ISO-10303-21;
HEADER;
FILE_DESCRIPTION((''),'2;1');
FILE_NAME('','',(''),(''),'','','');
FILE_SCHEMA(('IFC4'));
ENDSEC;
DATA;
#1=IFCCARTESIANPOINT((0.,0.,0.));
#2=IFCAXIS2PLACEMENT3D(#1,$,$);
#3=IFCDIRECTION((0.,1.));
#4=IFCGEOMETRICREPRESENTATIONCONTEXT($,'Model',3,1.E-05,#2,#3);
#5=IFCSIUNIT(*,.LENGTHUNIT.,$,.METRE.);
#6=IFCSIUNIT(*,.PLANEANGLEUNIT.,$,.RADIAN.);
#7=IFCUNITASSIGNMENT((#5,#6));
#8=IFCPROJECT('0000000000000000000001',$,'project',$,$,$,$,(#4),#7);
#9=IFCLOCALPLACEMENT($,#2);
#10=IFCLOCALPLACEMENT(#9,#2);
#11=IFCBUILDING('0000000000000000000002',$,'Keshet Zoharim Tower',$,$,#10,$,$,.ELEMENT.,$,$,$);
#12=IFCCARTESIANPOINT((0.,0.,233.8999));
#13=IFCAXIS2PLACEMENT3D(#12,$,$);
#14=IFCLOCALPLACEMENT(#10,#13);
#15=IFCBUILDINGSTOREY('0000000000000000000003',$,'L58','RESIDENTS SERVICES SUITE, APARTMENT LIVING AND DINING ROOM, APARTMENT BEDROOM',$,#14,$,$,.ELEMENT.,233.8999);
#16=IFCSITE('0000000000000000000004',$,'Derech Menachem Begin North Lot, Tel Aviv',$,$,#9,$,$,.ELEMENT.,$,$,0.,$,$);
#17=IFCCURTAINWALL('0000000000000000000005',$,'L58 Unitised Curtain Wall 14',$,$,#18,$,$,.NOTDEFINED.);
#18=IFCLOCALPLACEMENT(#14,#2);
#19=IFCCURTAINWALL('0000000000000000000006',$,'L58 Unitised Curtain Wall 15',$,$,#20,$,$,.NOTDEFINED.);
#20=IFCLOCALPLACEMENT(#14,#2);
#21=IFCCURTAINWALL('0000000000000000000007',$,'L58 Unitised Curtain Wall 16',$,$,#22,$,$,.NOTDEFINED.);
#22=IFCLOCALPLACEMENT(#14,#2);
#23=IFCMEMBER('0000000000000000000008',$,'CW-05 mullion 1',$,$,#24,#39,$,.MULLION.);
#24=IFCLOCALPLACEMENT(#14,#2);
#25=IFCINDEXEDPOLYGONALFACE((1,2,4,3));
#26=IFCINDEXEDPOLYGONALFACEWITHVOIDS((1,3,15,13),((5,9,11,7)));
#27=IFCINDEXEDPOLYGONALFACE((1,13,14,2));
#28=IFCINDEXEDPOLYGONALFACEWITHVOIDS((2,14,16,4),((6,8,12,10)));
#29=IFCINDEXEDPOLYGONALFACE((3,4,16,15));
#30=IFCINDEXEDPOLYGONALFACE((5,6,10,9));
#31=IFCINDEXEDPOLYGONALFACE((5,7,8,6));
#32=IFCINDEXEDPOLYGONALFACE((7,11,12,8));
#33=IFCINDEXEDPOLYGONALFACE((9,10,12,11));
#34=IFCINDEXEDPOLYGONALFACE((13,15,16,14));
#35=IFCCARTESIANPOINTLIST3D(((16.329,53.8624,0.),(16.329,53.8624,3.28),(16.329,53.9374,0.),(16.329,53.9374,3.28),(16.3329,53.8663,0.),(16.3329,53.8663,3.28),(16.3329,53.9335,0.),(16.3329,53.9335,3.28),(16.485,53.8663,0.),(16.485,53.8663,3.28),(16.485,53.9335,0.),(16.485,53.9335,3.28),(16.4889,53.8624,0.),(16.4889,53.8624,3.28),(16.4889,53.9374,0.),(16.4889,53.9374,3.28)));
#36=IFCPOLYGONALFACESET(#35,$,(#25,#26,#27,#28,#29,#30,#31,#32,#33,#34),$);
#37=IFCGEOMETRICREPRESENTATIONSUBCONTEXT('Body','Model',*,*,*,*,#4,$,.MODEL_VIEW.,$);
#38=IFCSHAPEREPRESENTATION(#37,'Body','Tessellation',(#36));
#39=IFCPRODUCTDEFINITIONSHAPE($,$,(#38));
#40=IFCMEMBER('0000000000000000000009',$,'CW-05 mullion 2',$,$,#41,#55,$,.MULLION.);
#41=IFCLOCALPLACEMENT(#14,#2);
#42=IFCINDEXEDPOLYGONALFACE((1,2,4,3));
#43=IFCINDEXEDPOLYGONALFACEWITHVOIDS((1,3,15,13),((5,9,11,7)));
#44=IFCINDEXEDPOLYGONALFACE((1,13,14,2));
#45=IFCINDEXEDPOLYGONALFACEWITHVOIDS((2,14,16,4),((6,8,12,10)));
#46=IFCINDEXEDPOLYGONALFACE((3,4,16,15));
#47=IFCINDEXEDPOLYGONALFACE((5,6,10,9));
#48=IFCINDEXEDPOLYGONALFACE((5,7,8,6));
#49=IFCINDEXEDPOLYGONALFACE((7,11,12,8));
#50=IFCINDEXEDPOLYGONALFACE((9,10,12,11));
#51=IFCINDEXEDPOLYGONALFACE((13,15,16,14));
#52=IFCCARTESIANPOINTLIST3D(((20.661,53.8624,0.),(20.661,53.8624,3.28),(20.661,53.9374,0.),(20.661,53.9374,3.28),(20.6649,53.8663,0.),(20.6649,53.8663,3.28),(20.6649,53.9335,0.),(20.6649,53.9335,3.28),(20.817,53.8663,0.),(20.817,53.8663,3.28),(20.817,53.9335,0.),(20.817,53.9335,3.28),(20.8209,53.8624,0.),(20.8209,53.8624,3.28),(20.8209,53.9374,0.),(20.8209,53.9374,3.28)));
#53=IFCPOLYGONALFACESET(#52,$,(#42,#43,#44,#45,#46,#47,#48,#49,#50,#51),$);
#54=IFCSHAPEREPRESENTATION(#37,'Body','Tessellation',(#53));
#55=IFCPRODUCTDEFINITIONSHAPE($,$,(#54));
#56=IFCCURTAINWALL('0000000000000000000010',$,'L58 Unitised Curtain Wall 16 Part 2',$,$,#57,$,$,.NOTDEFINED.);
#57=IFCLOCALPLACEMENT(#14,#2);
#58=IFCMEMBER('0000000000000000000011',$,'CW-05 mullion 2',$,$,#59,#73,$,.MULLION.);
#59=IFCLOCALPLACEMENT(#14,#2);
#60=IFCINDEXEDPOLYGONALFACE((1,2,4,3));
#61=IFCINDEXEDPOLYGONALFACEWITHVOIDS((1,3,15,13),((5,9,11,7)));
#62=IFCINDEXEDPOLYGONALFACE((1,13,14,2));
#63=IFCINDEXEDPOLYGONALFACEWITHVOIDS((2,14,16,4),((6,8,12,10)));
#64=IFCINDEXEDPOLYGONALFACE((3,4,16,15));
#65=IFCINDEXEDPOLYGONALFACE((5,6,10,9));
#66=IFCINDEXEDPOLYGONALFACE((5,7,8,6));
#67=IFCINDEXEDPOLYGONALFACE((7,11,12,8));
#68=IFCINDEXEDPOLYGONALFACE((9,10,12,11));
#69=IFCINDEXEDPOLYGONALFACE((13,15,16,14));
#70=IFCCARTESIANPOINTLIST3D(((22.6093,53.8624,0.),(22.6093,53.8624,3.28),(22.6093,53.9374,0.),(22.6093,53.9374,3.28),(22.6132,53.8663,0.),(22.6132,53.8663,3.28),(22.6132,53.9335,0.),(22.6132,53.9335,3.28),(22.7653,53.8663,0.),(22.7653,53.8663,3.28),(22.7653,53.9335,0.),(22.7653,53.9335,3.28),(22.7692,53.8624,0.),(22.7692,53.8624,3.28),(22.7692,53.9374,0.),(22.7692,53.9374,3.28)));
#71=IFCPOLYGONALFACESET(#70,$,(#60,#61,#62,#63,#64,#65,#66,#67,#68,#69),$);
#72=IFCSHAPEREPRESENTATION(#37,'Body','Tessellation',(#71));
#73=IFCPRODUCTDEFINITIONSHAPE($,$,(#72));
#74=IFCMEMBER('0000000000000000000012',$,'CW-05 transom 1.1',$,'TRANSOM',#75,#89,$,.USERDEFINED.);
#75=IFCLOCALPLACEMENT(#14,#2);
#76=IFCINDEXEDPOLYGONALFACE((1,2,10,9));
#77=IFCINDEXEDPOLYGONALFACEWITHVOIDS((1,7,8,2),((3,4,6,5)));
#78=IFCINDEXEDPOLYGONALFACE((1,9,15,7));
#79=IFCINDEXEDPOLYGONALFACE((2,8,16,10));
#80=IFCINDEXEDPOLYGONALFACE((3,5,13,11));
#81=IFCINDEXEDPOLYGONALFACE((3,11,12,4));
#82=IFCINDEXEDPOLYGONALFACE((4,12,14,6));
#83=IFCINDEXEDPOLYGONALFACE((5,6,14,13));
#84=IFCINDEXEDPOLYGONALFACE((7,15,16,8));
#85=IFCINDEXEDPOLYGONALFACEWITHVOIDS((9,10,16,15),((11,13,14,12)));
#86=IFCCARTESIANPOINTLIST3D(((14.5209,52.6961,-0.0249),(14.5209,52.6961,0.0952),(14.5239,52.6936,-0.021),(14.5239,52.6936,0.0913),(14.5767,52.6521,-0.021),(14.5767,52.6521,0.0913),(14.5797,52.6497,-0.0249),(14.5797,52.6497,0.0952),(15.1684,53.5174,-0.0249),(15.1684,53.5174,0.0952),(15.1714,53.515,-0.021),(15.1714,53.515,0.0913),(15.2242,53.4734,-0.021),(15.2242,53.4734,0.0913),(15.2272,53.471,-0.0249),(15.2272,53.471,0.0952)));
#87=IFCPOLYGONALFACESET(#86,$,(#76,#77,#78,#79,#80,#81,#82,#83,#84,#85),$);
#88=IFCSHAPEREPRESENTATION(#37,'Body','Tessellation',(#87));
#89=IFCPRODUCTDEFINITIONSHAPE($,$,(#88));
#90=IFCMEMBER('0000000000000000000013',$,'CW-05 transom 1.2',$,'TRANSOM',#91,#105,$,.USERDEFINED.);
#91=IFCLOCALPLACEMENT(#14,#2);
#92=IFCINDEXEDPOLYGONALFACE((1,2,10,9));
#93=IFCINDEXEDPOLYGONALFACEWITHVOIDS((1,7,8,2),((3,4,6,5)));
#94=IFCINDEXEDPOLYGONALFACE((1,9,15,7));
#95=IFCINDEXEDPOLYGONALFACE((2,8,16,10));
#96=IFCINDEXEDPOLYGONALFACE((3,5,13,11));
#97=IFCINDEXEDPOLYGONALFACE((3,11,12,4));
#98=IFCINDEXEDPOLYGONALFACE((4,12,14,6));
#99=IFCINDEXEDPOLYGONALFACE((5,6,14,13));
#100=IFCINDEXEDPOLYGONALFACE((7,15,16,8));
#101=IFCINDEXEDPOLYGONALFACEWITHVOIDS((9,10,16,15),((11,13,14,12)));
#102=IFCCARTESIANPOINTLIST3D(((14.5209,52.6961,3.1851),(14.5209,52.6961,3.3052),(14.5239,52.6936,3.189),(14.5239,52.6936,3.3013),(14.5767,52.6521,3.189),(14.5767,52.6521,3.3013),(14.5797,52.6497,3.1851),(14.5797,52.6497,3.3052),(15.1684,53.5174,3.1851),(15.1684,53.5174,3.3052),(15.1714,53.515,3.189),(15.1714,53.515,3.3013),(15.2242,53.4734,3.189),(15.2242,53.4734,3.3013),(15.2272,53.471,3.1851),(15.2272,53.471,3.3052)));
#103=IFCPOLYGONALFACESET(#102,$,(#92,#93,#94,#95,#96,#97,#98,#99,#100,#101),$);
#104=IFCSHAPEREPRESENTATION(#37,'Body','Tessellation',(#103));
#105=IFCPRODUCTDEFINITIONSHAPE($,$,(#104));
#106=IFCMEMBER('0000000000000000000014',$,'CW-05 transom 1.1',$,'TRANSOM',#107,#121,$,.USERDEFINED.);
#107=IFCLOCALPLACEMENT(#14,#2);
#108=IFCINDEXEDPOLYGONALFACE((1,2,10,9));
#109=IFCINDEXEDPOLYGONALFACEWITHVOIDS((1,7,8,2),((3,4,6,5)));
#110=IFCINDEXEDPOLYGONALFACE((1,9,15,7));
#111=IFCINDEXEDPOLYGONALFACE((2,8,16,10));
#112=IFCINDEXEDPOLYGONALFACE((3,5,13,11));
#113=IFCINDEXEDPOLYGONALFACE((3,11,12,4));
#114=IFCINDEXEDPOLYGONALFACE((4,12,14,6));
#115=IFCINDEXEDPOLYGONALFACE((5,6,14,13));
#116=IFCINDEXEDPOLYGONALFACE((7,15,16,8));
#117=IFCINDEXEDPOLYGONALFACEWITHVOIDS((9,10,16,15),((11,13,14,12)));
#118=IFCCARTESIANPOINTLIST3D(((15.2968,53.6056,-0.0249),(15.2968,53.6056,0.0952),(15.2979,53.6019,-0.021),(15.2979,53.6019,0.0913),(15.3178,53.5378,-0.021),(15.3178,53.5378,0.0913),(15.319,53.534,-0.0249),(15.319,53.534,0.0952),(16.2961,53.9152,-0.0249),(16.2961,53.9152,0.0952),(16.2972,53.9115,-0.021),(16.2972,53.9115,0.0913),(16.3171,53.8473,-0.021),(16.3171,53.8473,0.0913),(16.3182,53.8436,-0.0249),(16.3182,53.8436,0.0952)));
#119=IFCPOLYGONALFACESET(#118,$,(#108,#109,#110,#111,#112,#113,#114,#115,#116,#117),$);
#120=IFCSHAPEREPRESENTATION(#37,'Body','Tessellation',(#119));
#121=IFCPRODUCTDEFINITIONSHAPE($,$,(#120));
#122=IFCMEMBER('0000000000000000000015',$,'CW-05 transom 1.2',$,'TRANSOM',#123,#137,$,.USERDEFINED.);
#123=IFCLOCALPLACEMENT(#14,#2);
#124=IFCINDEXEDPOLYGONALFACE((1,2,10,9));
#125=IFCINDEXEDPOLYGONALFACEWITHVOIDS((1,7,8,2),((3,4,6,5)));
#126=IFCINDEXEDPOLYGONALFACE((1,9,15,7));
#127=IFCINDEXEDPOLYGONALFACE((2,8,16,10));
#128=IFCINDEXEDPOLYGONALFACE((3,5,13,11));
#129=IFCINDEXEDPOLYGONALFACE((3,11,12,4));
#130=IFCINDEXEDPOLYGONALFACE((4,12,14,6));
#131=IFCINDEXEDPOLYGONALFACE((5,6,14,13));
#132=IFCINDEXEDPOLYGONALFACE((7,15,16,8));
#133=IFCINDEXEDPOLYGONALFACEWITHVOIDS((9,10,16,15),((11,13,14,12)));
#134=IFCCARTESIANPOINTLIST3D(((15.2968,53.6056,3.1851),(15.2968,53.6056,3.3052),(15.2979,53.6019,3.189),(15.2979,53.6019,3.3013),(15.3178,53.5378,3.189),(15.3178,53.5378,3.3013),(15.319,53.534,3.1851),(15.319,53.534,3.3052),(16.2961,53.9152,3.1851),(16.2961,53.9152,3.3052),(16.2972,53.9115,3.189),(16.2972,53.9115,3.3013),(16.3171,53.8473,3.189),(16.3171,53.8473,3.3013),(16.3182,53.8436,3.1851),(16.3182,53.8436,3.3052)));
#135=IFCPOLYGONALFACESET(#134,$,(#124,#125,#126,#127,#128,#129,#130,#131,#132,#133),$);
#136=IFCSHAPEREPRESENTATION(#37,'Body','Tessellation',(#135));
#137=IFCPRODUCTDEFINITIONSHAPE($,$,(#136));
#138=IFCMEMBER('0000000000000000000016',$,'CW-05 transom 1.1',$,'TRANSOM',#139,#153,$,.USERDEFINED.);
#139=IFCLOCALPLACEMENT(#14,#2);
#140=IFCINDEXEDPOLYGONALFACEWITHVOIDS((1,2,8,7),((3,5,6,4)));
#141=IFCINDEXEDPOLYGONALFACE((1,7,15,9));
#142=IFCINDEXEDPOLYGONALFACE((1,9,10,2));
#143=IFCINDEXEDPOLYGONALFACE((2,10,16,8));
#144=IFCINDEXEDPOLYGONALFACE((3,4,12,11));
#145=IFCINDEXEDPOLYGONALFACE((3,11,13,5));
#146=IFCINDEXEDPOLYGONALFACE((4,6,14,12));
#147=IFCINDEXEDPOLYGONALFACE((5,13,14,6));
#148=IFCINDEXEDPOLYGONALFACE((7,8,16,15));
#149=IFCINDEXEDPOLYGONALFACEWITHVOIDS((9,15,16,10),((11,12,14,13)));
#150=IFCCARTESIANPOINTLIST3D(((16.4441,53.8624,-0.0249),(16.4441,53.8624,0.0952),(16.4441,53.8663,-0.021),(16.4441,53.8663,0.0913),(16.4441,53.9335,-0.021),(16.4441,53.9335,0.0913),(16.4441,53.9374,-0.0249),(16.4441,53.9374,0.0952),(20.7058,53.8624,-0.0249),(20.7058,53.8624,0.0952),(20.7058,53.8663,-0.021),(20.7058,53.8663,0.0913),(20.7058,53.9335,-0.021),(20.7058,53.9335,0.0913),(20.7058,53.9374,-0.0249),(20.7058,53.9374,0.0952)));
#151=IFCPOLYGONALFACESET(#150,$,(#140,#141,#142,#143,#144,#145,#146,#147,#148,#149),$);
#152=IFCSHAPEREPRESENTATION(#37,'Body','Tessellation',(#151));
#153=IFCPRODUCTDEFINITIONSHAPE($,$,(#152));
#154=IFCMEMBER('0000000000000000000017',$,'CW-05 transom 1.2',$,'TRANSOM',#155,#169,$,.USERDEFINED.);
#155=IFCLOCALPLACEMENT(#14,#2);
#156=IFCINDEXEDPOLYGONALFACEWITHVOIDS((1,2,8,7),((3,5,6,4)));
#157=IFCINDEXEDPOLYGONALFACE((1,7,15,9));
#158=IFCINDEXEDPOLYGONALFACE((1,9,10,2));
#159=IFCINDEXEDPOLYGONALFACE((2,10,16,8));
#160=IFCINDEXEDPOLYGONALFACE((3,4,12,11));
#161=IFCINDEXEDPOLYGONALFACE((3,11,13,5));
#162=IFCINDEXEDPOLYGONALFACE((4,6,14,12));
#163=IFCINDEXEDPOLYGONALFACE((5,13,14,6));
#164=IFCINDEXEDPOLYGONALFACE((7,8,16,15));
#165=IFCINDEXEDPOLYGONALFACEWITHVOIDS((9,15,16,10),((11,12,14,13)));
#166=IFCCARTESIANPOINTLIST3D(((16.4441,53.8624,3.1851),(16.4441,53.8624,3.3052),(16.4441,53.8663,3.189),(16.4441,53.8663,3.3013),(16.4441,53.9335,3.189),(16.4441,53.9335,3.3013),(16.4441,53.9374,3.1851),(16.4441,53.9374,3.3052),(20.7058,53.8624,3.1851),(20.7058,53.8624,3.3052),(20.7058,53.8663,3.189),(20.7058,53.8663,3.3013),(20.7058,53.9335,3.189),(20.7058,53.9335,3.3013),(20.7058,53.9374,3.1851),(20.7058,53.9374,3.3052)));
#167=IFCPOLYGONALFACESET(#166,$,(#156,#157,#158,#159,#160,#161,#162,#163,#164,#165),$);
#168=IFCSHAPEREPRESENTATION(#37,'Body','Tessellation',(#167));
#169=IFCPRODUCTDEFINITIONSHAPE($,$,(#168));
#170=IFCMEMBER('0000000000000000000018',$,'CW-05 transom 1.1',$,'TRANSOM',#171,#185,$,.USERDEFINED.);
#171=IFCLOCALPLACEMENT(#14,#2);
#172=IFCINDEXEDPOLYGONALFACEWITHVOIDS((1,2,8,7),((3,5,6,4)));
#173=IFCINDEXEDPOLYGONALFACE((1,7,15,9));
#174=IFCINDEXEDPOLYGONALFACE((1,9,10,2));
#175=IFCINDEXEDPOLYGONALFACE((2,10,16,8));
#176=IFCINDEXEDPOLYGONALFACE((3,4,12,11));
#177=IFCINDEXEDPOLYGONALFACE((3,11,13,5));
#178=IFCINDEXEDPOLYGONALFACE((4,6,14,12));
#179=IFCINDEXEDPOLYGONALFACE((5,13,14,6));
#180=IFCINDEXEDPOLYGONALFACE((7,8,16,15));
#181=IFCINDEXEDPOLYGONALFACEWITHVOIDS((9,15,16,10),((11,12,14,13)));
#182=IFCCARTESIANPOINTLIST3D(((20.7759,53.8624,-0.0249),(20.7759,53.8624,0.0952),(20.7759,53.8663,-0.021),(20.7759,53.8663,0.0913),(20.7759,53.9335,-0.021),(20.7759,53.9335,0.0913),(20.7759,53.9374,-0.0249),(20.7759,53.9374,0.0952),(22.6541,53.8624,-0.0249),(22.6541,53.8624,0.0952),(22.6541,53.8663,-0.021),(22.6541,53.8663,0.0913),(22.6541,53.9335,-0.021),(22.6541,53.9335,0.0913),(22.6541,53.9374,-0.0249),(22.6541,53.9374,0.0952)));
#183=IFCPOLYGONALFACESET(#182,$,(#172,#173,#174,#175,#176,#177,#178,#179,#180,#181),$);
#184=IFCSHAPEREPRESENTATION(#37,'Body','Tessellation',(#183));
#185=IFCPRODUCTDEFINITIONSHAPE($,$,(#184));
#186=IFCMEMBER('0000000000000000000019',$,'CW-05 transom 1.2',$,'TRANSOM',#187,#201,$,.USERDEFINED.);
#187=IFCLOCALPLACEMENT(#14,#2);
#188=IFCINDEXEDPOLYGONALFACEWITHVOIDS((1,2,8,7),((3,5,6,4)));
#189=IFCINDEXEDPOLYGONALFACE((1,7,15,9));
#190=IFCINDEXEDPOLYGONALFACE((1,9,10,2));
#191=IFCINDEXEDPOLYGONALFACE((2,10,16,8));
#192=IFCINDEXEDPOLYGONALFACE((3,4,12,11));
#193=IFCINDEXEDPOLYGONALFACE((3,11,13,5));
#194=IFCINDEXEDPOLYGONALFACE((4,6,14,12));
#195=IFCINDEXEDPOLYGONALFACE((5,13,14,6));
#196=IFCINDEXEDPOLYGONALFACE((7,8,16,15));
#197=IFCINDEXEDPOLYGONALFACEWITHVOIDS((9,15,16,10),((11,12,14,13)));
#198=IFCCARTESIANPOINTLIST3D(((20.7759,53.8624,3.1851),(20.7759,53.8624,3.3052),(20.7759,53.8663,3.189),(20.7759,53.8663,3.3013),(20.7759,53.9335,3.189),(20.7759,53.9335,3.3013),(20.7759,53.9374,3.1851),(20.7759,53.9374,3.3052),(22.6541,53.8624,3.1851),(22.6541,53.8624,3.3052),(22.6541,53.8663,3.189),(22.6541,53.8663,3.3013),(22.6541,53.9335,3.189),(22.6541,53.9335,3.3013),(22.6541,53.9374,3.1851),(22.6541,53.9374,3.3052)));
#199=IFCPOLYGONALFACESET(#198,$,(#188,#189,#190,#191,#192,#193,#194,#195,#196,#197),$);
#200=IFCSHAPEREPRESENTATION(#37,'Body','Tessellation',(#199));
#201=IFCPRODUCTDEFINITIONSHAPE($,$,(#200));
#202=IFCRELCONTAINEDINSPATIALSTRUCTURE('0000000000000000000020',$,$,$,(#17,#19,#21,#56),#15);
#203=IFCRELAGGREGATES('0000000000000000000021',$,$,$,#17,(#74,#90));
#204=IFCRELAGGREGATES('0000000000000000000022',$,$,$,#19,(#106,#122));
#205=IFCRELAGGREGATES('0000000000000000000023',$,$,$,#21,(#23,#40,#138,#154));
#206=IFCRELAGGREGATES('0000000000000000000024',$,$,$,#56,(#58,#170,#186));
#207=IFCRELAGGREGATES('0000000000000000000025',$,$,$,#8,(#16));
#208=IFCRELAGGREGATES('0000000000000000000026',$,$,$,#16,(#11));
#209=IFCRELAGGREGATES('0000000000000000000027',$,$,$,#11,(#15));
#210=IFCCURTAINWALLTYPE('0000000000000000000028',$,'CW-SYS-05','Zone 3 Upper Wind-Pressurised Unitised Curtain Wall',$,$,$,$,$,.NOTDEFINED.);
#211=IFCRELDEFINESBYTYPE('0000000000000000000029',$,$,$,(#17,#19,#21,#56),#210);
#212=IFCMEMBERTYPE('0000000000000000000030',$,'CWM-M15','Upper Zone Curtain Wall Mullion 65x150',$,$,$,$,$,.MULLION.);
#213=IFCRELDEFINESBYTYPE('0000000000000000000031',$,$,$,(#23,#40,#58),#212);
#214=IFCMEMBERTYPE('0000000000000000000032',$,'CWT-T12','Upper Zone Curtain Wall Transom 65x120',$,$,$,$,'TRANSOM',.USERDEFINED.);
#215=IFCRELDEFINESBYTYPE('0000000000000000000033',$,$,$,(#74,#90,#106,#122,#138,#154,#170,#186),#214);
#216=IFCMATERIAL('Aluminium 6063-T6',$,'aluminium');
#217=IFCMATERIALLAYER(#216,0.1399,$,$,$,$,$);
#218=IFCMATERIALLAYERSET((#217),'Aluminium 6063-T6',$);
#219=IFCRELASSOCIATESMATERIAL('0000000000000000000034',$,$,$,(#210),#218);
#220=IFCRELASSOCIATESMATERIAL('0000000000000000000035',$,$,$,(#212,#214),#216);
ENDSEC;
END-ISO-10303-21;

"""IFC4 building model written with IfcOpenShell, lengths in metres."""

from ifc_helpers import new_model, si_unit, direction, frame, origin, origin_2d, place, context, subcontext, project, spatial, hollow_rectangle, extrude, material, layer, layer_set, material_profile, profile_set, type_object, element, aggregate, save


model = new_model("IFC4")

# Units and contexts
model_context = context("Model", 3, precision=1e-05, world=origin(), true_north=direction((0.0, 1.0)))
body_context = subcontext(model_context, "Body", "Model", "MODEL_VIEW")
ifc_project = project(units=[si_unit("LENGTHUNIT", "METRE"), si_unit("PLANEANGLEUNIT", "RADIAN")], contexts=[model_context])

# Site, building, storey
site_placement = place(None, origin())
site = spatial("IfcSite", under=ifc_project, at=site_placement, Name="Derech Menachem Begin North Lot, Tel Aviv", CompositionType="ELEMENT", RefElevation=0.0)
building_placement = place(site_placement, origin())
building = spatial("IfcBuilding", under=site, at=building_placement, Name="Keshet Zoharim Tower", CompositionType="ELEMENT")
storey_placement = place(building_placement, frame((0.0, 0.0, 233.8999)))
storey = spatial("IfcBuildingStorey", under=building, at=storey_placement, Name="L58", Description="RESIDENTS SERVICES SUITE, APARTMENT LIVING AND DINING ROOM, APARTMENT BEDROOM", CompositionType="ELEMENT", Elevation=233.8999)

# Shared definitions
ifc_material_1 = material(Name="Aluminium 6063-T6", Category="aluminium")
ifc_layer_1 = layer(ifc_material_1, 0.1399)
ifc_layer_set_1 = layer_set([ifc_layer_1], Name="Aluminium 6063-T6")
curtain_wall_type = type_object("IfcCurtainWallType", Name="CW-SYS-05", Description="Zone 3 Upper Wind-Pressurised Unitised Curtain Wall", PredefinedType="NOTDEFINED", material=ifc_layer_set_1)
ifc_material_profile_1 = material_profile(ifc_material_1, hollow_rectangle(XDim=0.075, YDim=0.1599, WallThickness=0.0039, at=origin_2d()), Name="MUL-75x160")
ifc_profile_set_1 = profile_set([ifc_material_profile_1], Name="Aluminium 6063-T6")
member_type_1 = type_object("IfcMemberType", Name="CWM-M15", Description="Upper Zone Curtain Wall Mullion 65x150", PredefinedType="MULLION", material=ifc_profile_set_1)

# Curtain walls, members
curtain_wall_1_placement = place(storey_placement, origin())
curtain_wall_1 = element("IfcCurtainWall", 1, at=curtain_wall_1_placement, inside=storey, type_object=curtain_wall_type, Name="L58 Unitised Curtain Wall 14", PredefinedType="NOTDEFINED")
curtain_wall_2_placement = place(storey_placement, origin())
curtain_wall_2 = element("IfcCurtainWall", 2, at=curtain_wall_2_placement, inside=storey, type_object=curtain_wall_type, Name="L58 Unitised Curtain Wall 15", PredefinedType="NOTDEFINED")
curtain_wall_3_placement = place(storey_placement, origin())
curtain_wall_3 = element("IfcCurtainWall", 3, at=curtain_wall_3_placement, inside=storey, type_object=curtain_wall_type, Name="L58 Unitised Curtain Wall 16", PredefinedType="NOTDEFINED")
member_1_placement = place(storey_placement, frame((16.4089, 53.8999, 0.0), z_axis=(0.0, 0.0, 1.0), x_axis=(0.0, 1.0, 0.0)))
member_1 = element("IfcMember", 4, at=member_1_placement, type_object=member_type_1, Name="CW-05 mullion 1", PredefinedType="MULLION", context=body_context, shape_type="SweptSolid", body=[
    extrude(hollow_rectangle(XDim=0.075, YDim=0.1599, WallThickness=0.0039, at=origin_2d()), origin(), (0.0, 0.0, 1.0), 3.28),
])
member_2_placement = place(storey_placement, frame((20.741, 53.8999, 0.0), z_axis=(0.0, 0.0, 1.0), x_axis=(0.0, 1.0, 0.0)))
member_2 = element("IfcMember", 5, at=member_2_placement, type_object=member_type_1, Name="CW-05 mullion 2", PredefinedType="MULLION", context=body_context, shape_type="SweptSolid", body=[
    extrude(hollow_rectangle(XDim=0.075, YDim=0.1599, WallThickness=0.0039, at=origin_2d()), origin(), (0.0, 0.0, 1.0), 3.28),
])

# Curtain wall, member
curtain_wall_4_placement = place(storey_placement, origin())
curtain_wall_4 = element("IfcCurtainWall", 6, at=curtain_wall_4_placement, inside=storey, type_object=curtain_wall_type, Name="L58 Unitised Curtain Wall 16 Part 2", PredefinedType="NOTDEFINED")
member_3_placement = place(storey_placement, frame((22.6892, 53.8999, 0.0), z_axis=(0.0, 0.0, 1.0), x_axis=(0.0, 1.0, 0.0)))
member_3 = element("IfcMember", 7, at=member_3_placement, type_object=member_type_1, Name="CW-05 mullion 2", PredefinedType="MULLION", context=body_context, shape_type="SweptSolid", body=[
    extrude(hollow_rectangle(XDim=0.075, YDim=0.1599, WallThickness=0.0039, at=origin_2d()), origin(), (0.0, 0.0, 1.0), 3.28),
])

# Members
ifc_material_profile_2 = material_profile(ifc_material_1, hollow_rectangle(XDim=0.075, YDim=0.1201, WallThickness=0.0039, at=origin_2d()), Name="TRN-75x120")
ifc_profile_set_2 = profile_set([ifc_material_profile_2], Name="Aluminium 6063-T6")
member_type_2 = type_object("IfcMemberType", Name="CWT-T12", Description="Upper Zone Curtain Wall Transom 65x120", ElementType="TRANSOM", PredefinedType="USERDEFINED", material=ifc_profile_set_2)
member_4_placement = place(storey_placement, frame((14.5503, 52.6729, 0.0352), z_axis=(0.619099, 0.785313, 0.0), x_axis=(-0.785313, 0.619099, 0.0)))
member_4 = element("IfcMember", 8, at=member_4_placement, type_object=member_type_2, Name="CW-05 transom 1.1", ObjectType="TRANSOM", PredefinedType="USERDEFINED", context=body_context, shape_type="SweptSolid", body=[
    extrude(hollow_rectangle(XDim=0.075, YDim=0.1201, WallThickness=0.0039, at=origin_2d()), origin(), (0.0, 0.0, 1.0), 1.0459),
])
member_5_placement = place(storey_placement, frame((14.5503, 52.6729, 3.2451), z_axis=(0.619099, 0.785313, 0.0), x_axis=(-0.785313, 0.619099, 0.0)))
member_5 = element("IfcMember", 9, at=member_5_placement, type_object=member_type_2, Name="CW-05 transom 1.2", ObjectType="TRANSOM", PredefinedType="USERDEFINED", context=body_context, shape_type="SweptSolid", body=[
    extrude(hollow_rectangle(XDim=0.075, YDim=0.1201, WallThickness=0.0039, at=origin_2d()), origin(), (0.0, 0.0, 1.0), 1.0459),
])
member_6_placement = place(storey_placement, frame((15.3079, 53.5698, 0.0352), z_axis=(0.955212, 0.295922, 0.0), x_axis=(-0.295922, 0.955212, 0.0)))
member_6 = element("IfcMember", 10, at=member_6_placement, type_object=member_type_2, Name="CW-05 transom 1.1", ObjectType="TRANSOM", PredefinedType="USERDEFINED", context=body_context, shape_type="SweptSolid", body=[
    extrude(hollow_rectangle(XDim=0.075, YDim=0.1201, WallThickness=0.0039, at=origin_2d()), origin(), (0.0, 0.0, 1.0), 1.0461),
])
member_7_placement = place(storey_placement, frame((15.3079, 53.5698, 3.2451), z_axis=(0.955212, 0.295922, 0.0), x_axis=(-0.295922, 0.955212, 0.0)))
member_7 = element("IfcMember", 11, at=member_7_placement, type_object=member_type_2, Name="CW-05 transom 1.2", ObjectType="TRANSOM", PredefinedType="USERDEFINED", context=body_context, shape_type="SweptSolid", body=[
    extrude(hollow_rectangle(XDim=0.075, YDim=0.1201, WallThickness=0.0039, at=origin_2d()), origin(), (0.0, 0.0, 1.0), 1.0461),
])
member_8_placement = place(storey_placement, frame((16.4441, 53.8999, 0.0352), z_axis=(1.0, 0.0, 0.0), x_axis=(0.0, 1.0, 0.0)))
member_8 = element("IfcMember", 12, at=member_8_placement, type_object=member_type_2, Name="CW-05 transom 1.1", ObjectType="TRANSOM", PredefinedType="USERDEFINED", context=body_context, shape_type="SweptSolid", body=[
    extrude(hollow_rectangle(XDim=0.075, YDim=0.1201, WallThickness=0.0039, at=origin_2d()), origin(), (0.0, 0.0, 1.0), 4.2617),
])
member_9_placement = place(storey_placement, frame((16.4441, 53.8999, 3.2451), z_axis=(1.0, 0.0, 0.0), x_axis=(0.0, 1.0, 0.0)))
member_9 = element("IfcMember", 13, at=member_9_placement, type_object=member_type_2, Name="CW-05 transom 1.2", ObjectType="TRANSOM", PredefinedType="USERDEFINED", context=body_context, shape_type="SweptSolid", body=[
    extrude(hollow_rectangle(XDim=0.075, YDim=0.1201, WallThickness=0.0039, at=origin_2d()), origin(), (0.0, 0.0, 1.0), 4.2617),
])
member_10_placement = place(storey_placement, frame((20.7759, 53.8999, 0.0352), z_axis=(1.0, 0.0, 0.0), x_axis=(0.0, 1.0, 0.0)))
member_10 = element("IfcMember", 14, at=member_10_placement, type_object=member_type_2, Name="CW-05 transom 1.1", ObjectType="TRANSOM", PredefinedType="USERDEFINED", context=body_context, shape_type="SweptSolid", body=[
    extrude(hollow_rectangle(XDim=0.075, YDim=0.1201, WallThickness=0.0039, at=origin_2d()), origin(), (0.0, 0.0, 1.0), 1.8782),
])
member_11_placement = place(storey_placement, frame((20.7759, 53.8999, 3.2451), z_axis=(1.0, 0.0, 0.0), x_axis=(0.0, 1.0, 0.0)))
member_11 = element("IfcMember", 15, at=member_11_placement, type_object=member_type_2, Name="CW-05 transom 1.2", ObjectType="TRANSOM", PredefinedType="USERDEFINED", context=body_context, shape_type="SweptSolid", body=[
    extrude(hollow_rectangle(XDim=0.075, YDim=0.1201, WallThickness=0.0039, at=origin_2d()), origin(), (0.0, 0.0, 1.0), 1.8782),
])

aggregate(curtain_wall_1, [member_4, member_5])
aggregate(curtain_wall_2, [member_6, member_7])
aggregate(curtain_wall_3, [member_1, member_2, member_8, member_9])
aggregate(curtain_wall_4, [member_3, member_10, member_11])

save(model, "model.ifc")
